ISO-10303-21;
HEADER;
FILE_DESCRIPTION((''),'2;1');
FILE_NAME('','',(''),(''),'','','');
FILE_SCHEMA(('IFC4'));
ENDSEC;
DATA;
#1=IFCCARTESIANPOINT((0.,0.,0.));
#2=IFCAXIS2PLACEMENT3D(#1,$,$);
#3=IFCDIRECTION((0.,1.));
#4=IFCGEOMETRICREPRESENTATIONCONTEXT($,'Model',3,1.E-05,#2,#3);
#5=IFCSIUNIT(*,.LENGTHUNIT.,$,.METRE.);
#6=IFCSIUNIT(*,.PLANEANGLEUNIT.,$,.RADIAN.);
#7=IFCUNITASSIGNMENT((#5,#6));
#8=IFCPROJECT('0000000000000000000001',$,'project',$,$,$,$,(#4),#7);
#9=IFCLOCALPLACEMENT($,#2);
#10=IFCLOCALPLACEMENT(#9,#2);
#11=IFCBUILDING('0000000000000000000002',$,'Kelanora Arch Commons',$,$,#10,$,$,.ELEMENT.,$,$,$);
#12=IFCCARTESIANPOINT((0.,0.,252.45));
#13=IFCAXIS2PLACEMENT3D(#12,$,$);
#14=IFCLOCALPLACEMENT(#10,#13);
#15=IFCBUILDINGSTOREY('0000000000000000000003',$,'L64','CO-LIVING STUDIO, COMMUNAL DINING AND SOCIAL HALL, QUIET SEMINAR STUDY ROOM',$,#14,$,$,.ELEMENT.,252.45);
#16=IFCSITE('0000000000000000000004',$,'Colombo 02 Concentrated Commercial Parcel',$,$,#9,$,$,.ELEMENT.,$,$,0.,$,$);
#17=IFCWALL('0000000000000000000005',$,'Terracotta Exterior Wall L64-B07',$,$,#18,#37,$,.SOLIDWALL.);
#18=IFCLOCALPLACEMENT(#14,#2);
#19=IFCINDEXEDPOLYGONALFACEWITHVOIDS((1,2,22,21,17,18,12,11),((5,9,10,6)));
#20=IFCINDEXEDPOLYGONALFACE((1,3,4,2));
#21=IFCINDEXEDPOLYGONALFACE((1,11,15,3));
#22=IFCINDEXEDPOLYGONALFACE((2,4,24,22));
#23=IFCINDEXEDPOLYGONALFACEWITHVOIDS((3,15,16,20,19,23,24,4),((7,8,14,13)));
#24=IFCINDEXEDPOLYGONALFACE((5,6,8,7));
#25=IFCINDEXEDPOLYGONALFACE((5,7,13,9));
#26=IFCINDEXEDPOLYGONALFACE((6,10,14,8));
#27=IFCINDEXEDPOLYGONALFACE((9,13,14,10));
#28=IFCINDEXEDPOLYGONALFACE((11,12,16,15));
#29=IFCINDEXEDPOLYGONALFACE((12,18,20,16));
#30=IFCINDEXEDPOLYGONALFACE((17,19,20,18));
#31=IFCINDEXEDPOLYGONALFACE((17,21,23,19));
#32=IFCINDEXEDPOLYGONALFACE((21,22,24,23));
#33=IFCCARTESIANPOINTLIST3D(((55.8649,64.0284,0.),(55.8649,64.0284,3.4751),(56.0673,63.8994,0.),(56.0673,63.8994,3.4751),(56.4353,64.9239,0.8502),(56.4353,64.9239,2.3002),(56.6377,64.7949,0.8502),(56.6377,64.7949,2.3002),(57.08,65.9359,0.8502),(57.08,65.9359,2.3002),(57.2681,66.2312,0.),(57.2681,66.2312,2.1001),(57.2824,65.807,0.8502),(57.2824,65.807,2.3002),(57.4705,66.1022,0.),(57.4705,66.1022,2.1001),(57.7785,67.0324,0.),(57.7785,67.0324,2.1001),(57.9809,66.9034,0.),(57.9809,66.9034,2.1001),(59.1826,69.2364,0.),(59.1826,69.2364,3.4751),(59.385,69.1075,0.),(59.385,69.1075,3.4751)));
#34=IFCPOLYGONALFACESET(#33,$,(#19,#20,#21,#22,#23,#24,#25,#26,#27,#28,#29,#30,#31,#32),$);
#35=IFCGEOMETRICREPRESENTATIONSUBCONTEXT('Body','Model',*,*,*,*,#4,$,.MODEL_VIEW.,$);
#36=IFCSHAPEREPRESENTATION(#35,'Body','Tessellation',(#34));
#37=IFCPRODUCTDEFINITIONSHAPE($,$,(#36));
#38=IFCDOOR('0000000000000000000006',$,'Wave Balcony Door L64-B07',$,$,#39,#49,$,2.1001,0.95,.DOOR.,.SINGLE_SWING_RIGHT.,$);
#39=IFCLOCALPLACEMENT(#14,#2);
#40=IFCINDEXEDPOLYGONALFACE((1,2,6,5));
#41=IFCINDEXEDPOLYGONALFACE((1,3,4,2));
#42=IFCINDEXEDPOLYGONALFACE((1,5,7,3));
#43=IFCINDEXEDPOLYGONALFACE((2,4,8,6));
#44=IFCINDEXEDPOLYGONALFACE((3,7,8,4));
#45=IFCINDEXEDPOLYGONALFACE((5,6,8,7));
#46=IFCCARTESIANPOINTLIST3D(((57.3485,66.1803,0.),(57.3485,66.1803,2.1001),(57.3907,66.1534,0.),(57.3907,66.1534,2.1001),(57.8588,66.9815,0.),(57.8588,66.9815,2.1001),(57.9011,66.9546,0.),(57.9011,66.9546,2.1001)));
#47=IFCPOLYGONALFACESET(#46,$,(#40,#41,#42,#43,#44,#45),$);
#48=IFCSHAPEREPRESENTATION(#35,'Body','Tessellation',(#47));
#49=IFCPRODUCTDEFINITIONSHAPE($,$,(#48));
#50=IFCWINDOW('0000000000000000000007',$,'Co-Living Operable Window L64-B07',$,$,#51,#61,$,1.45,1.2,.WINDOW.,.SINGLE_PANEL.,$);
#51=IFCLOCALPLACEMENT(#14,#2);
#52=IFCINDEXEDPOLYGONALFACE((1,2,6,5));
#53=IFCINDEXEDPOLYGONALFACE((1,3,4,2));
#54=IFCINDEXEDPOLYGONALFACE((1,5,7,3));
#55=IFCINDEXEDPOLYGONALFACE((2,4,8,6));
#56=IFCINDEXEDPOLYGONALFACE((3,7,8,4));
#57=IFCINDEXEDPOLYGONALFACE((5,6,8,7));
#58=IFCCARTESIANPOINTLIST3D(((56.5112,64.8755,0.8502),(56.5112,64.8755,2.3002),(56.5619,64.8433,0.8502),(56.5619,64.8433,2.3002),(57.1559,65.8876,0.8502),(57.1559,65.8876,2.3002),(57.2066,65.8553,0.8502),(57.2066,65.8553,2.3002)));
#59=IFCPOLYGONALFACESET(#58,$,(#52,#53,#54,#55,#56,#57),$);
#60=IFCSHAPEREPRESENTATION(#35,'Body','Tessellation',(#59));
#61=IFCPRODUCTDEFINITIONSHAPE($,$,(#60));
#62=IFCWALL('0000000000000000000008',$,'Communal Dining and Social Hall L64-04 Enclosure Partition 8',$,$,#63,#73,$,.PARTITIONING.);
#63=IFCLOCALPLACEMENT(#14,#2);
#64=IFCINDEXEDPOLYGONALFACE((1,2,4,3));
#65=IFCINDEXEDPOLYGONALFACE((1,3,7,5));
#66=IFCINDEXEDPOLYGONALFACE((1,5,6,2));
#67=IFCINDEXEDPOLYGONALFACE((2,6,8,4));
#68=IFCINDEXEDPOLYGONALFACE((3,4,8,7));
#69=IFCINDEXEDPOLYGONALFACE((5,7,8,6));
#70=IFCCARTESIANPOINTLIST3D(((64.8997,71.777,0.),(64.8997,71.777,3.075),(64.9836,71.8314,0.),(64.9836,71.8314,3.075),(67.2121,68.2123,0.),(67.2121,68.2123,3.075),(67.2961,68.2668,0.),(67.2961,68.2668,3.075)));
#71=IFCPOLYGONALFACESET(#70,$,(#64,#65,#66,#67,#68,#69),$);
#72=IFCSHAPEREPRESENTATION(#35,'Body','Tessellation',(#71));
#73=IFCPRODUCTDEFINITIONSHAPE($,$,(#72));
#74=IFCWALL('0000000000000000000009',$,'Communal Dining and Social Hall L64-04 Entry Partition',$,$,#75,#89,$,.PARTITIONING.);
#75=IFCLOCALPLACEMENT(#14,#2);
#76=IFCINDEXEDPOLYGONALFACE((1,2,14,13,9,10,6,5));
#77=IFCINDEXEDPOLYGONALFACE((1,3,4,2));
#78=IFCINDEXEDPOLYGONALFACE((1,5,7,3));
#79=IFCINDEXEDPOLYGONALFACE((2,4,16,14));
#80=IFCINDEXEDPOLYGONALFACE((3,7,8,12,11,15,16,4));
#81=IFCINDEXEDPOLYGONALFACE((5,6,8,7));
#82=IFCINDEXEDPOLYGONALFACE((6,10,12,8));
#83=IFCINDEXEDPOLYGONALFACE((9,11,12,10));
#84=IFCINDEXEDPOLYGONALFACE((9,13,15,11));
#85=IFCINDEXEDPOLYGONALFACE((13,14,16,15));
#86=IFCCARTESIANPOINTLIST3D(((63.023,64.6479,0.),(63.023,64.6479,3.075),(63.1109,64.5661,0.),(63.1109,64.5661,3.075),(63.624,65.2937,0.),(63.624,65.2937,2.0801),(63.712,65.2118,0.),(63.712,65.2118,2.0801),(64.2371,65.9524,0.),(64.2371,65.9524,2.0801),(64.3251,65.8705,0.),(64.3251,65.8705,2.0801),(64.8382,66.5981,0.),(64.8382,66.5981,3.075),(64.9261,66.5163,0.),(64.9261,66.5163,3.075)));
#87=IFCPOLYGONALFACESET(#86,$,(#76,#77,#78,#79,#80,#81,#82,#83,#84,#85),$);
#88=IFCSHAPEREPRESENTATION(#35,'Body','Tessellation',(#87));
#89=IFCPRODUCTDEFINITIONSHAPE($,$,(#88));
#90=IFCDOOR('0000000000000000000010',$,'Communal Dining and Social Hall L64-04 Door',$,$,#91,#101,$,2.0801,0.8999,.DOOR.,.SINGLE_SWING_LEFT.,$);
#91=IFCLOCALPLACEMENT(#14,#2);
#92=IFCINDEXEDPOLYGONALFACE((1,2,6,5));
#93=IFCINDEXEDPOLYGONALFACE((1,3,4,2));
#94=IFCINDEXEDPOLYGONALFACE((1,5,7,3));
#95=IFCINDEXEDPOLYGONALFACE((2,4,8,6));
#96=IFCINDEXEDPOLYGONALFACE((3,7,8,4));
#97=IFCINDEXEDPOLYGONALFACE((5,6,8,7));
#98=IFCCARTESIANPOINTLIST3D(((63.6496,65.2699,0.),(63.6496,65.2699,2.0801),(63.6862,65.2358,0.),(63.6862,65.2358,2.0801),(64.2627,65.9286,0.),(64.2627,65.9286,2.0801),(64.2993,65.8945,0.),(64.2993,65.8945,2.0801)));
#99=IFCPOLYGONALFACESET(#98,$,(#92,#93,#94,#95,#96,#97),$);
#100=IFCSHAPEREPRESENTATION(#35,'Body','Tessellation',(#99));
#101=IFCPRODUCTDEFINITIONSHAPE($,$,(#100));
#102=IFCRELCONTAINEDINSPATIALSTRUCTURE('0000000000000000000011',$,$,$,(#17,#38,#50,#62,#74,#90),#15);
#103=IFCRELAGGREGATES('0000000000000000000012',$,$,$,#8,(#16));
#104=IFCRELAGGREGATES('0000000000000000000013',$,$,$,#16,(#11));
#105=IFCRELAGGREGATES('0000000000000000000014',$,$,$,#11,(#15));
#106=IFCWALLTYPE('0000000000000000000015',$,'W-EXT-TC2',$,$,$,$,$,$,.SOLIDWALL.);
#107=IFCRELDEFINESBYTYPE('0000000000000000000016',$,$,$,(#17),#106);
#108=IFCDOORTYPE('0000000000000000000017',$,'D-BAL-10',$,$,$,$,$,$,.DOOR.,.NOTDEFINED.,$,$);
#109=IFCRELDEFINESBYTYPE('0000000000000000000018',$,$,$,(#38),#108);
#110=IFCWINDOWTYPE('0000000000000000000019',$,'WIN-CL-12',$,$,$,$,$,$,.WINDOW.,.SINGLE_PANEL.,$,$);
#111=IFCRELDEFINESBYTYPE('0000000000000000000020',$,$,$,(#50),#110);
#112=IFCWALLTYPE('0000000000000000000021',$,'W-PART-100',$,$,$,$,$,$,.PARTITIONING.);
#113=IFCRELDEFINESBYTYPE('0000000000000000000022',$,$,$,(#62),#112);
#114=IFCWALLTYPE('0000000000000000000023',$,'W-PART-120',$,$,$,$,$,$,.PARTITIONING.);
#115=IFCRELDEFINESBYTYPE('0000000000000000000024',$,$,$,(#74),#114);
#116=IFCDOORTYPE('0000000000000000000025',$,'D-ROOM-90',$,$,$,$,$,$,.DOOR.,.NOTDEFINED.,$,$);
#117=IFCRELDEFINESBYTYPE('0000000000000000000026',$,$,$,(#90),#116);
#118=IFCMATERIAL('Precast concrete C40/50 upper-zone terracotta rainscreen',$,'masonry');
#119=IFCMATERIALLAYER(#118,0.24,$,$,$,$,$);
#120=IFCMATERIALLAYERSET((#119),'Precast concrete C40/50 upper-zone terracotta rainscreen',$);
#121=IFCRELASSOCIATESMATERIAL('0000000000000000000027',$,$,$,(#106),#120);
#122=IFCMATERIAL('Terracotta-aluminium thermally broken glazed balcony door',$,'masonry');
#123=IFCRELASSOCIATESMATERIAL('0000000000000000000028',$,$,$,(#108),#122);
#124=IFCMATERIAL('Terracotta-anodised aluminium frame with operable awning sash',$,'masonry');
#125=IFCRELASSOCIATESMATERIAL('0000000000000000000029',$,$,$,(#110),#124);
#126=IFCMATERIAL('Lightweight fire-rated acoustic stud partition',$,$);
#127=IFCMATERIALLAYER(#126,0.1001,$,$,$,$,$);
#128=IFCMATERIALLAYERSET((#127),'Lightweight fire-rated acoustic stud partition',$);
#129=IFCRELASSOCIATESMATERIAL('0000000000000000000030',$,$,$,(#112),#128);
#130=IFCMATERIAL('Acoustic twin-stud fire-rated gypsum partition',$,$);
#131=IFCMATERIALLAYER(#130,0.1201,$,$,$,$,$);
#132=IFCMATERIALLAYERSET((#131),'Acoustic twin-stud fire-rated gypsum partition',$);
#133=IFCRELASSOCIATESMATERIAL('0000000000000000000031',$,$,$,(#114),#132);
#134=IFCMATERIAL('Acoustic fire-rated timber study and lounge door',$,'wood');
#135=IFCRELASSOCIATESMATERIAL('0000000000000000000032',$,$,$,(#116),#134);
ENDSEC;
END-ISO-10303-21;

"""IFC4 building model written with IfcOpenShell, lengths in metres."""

from ifc_helpers import new_model, si_unit, direction, frame, frame_2d, origin, place, context, subcontext, project, spatial, rectangle, extrude, material, layer, layer_set, type_object, element, fill, save


model = new_model("IFC4")

# Units and contexts
model_context = context("Model", 3, precision=1e-05, world=origin(), true_north=direction((0.0, 1.0)))
body_context = subcontext(model_context, "Body", "Model", "MODEL_VIEW")
ifc_project = project(units=[si_unit("LENGTHUNIT", "METRE"), si_unit("PLANEANGLEUNIT", "RADIAN")], contexts=[model_context])

# Site, building, storey
site_placement = place(None, origin())
site = spatial("IfcSite", under=ifc_project, at=site_placement, Name="Colombo 02 Concentrated Commercial Parcel", CompositionType="ELEMENT", RefElevation=0.0)
building_placement = place(site_placement, origin())
building = spatial("IfcBuilding", under=site, at=building_placement, Name="Kelanora Arch Commons", CompositionType="ELEMENT")
storey_placement = place(building_placement, frame((0.0, 0.0, 252.45)))
storey = spatial("IfcBuildingStorey", under=building, at=storey_placement, Name="L64", Description="CO-LIVING STUDIO, COMMUNAL DINING AND SOCIAL HALL, QUIET SEMINAR STUDY ROOM", CompositionType="ELEMENT", Elevation=252.45)

# Shared definitions
ifc_material_1 = material(Name="Precast concrete C40/50 upper-zone terracotta rainscreen", Category="masonry")
ifc_layer_1 = layer(ifc_material_1, 0.24)
ifc_layer_set_1 = layer_set([ifc_layer_1], Name="Precast concrete C40/50 upper-zone terracotta rainscreen")
wall_type_1 = type_object("IfcWallType", Name="W-EXT-TC2", PredefinedType="SOLIDWALL", material=ifc_layer_set_1)

# Wall, openings, door, window
wall_1_placement = place(storey_placement, frame((59.2837, 69.1719, 0.0), z_axis=(0.0, 0.0, 1.0), x_axis=(-0.537272, -0.843409, 0.0)))
wall_1 = element("IfcWall", 1, at=wall_1_placement, inside=storey, type_object=wall_type_1, Name="Terracotta Exterior Wall L64-B07", PredefinedType="SOLIDWALL", context=body_context, shape_type="SweptSolid", body=[
    extrude(rectangle(XDim=6.175, YDim=0.24, at=frame_2d((3.0874, 0.0))), origin(), (0.0, 0.0, 1.0), 3.4751),
])
opening_1_placement = place(wall_1_placement, frame((2.613, 0.0, 0.0)))
opening_1 = element("IfcOpeningElement", 2, at=opening_1_placement, cuts=wall_1, PredefinedType="OPENING", context=body_context, shape_type="SweptSolid", body=[
    extrude(rectangle(XDim=0.95, YDim=2.1001, at=frame_2d((0.4751, 1.05))), frame((0.0, 0.1299, 0.0), z_axis=(0.0, -1.0, 0.0), x_axis=(1.0, 0.0, 0.0)), (0.0, 0.0, 1.0), 0.26),
])
opening_2_placement = place(wall_1_placement, frame((3.9131, 0.0, 0.8501)))
opening_2 = element("IfcOpeningElement", 3, at=opening_2_placement, cuts=wall_1, PredefinedType="OPENING", context=body_context, shape_type="SweptSolid", body=[
    extrude(rectangle(XDim=1.2, YDim=1.45, at=frame_2d((0.6001, 0.7251))), frame((0.0, 0.1299, 0.0), z_axis=(0.0, -1.0, 0.0), x_axis=(1.0, 0.0, 0.0)), (0.0, 0.0, 1.0), 0.26),
])
ifc_material_2 = material(Name="Terracotta-aluminium thermally broken glazed balcony door", Category="masonry")
door_type_1 = type_object("IfcDoorType", Name="D-BAL-10", OperationType="NOTDEFINED", PredefinedType="DOOR", material=ifc_material_2)
door_1_placement = place(opening_1_placement, frame((0.95, 0.0, 0.0), z_axis=(0.0, 0.0, 1.0), x_axis=(-1.0, 0.0, 0.0)))
door_1 = element("IfcDoor", 4, at=door_1_placement, inside=storey, type_object=door_type_1, Name="Wave Balcony Door L64-B07", OperationType="SINGLE_SWING_RIGHT", OverallHeight=2.1001, OverallWidth=0.95, PredefinedType="DOOR", context=body_context, shape_type="SweptSolid", body=[
    extrude(rectangle(XDim=0.95, YDim=2.1001, at=frame_2d((0.4751, 1.05))), frame((0.0, 0.0249, 0.0), z_axis=(0.0, -1.0, 0.0), x_axis=(1.0, 0.0, 0.0)), (0.0, 0.0, 1.0), 0.05),
])
fill(opening_1, door_1)
ifc_material_3 = material(Name="Terracotta-anodised aluminium frame with operable awning sash", Category="masonry")
window_type_1 = type_object("IfcWindowType", Name="WIN-CL-12", PartitioningType="SINGLE_PANEL", PredefinedType="WINDOW", material=ifc_material_3)
window_1_placement = place(opening_2_placement, origin())
window_1 = element("IfcWindow", 5, at=window_1_placement, inside=storey, type_object=window_type_1, Name="Co-Living Operable Window L64-B07", OverallHeight=1.45, OverallWidth=1.2, PartitioningType="SINGLE_PANEL", PredefinedType="WINDOW", context=body_context, shape_type="SweptSolid", body=[
    extrude(rectangle(XDim=1.2, YDim=1.45, at=frame_2d((0.6001, 0.7251))), frame((0.0, 0.03, 0.0), z_axis=(0.0, -1.0, 0.0), x_axis=(1.0, 0.0, 0.0)), (0.0, 0.0, 1.0), 0.0601),
])
fill(opening_2, window_1)

# Wall
ifc_material_4 = material(Name="Lightweight fire-rated acoustic stud partition")
ifc_layer_2 = layer(ifc_material_4, 0.1001)
ifc_layer_set_2 = layer_set([ifc_layer_2], Name="Lightweight fire-rated acoustic stud partition")
wall_type_2 = type_object("IfcWallType", Name="W-PART-100", PredefinedType="PARTITIONING", material=ifc_layer_set_2)
wall_2_placement = place(storey_placement, frame((64.9417, 71.8042, 0.0), z_axis=(0.0, 0.0, 1.0), x_axis=(0.544235, -0.838933, 0.0)))
element("IfcWall", 6, at=wall_2_placement, inside=storey, type_object=wall_type_2, Name="Communal Dining and Social Hall L64-04 Enclosure Partition 8", PredefinedType="PARTITIONING", context=body_context, shape_type="SweptSolid", body=[
    extrude(rectangle(XDim=4.249, YDim=0.1001, at=frame_2d((2.1245, 0.0))), origin(), (0.0, 0.0, 1.0), 3.075),
])

# Wall, opening, door
ifc_material_5 = material(Name="Acoustic twin-stud fire-rated gypsum partition")
ifc_layer_3 = layer(ifc_material_5, 0.1201)
ifc_layer_set_3 = layer_set([ifc_layer_3], Name="Acoustic twin-stud fire-rated gypsum partition")
wall_type_3 = type_object("IfcWallType", Name="W-PART-120", PredefinedType="PARTITIONING", material=ifc_layer_set_3)
wall_3_placement = place(storey_placement, frame((64.8821, 66.5571, 0.0), z_axis=(0.0, 0.0, 1.0), x_axis=(-0.681315, -0.73199, 0.0)))
wall_3 = element("IfcWall", 7, at=wall_3_placement, inside=storey, type_object=wall_type_3, Name="Communal Dining and Social Hall L64-04 Entry Partition", PredefinedType="PARTITIONING", context=body_context, shape_type="SweptSolid", body=[
    extrude(rectangle(XDim=2.6643, YDim=0.1201, at=frame_2d((1.332, 0.0))), origin(), (0.0, 0.0, 1.0), 3.075),
])
opening_3_placement = place(wall_3_placement, frame((0.8821, 0.0, 0.0)))
opening_3 = element("IfcOpeningElement", 8, at=opening_3_placement, cuts=wall_3, PredefinedType="OPENING", context=body_context, shape_type="SweptSolid", body=[
    extrude(rectangle(XDim=0.8999, YDim=2.0801, at=frame_2d((0.45, 1.04))), frame((0.0, 0.0701, 0.0), z_axis=(0.0, -1.0, 0.0), x_axis=(1.0, 0.0, 0.0)), (0.0, 0.0, 1.0), 0.1401),
])
ifc_material_6 = material(Name="Acoustic fire-rated timber study and lounge door", Category="wood")
door_type_2 = type_object("IfcDoorType", Name="D-ROOM-90", OperationType="NOTDEFINED", PredefinedType="DOOR", material=ifc_material_6)
door_2_placement = place(opening_3_placement, origin())
door_2 = element("IfcDoor", 9, at=door_2_placement, inside=storey, type_object=door_type_2, Name="Communal Dining and Social Hall L64-04 Door", OperationType="SINGLE_SWING_LEFT", OverallHeight=2.0801, OverallWidth=0.8999, PredefinedType="DOOR", context=body_context, shape_type="SweptSolid", body=[
    extrude(rectangle(XDim=0.8999, YDim=2.0801, at=frame_2d((0.45, 1.04))), frame((0.0, 0.0249, 0.0), z_axis=(0.0, -1.0, 0.0), x_axis=(1.0, 0.0, 0.0)), (0.0, 0.0, 1.0), 0.05),
])
fill(opening_3, door_2)

save(model, "model.ifc")
